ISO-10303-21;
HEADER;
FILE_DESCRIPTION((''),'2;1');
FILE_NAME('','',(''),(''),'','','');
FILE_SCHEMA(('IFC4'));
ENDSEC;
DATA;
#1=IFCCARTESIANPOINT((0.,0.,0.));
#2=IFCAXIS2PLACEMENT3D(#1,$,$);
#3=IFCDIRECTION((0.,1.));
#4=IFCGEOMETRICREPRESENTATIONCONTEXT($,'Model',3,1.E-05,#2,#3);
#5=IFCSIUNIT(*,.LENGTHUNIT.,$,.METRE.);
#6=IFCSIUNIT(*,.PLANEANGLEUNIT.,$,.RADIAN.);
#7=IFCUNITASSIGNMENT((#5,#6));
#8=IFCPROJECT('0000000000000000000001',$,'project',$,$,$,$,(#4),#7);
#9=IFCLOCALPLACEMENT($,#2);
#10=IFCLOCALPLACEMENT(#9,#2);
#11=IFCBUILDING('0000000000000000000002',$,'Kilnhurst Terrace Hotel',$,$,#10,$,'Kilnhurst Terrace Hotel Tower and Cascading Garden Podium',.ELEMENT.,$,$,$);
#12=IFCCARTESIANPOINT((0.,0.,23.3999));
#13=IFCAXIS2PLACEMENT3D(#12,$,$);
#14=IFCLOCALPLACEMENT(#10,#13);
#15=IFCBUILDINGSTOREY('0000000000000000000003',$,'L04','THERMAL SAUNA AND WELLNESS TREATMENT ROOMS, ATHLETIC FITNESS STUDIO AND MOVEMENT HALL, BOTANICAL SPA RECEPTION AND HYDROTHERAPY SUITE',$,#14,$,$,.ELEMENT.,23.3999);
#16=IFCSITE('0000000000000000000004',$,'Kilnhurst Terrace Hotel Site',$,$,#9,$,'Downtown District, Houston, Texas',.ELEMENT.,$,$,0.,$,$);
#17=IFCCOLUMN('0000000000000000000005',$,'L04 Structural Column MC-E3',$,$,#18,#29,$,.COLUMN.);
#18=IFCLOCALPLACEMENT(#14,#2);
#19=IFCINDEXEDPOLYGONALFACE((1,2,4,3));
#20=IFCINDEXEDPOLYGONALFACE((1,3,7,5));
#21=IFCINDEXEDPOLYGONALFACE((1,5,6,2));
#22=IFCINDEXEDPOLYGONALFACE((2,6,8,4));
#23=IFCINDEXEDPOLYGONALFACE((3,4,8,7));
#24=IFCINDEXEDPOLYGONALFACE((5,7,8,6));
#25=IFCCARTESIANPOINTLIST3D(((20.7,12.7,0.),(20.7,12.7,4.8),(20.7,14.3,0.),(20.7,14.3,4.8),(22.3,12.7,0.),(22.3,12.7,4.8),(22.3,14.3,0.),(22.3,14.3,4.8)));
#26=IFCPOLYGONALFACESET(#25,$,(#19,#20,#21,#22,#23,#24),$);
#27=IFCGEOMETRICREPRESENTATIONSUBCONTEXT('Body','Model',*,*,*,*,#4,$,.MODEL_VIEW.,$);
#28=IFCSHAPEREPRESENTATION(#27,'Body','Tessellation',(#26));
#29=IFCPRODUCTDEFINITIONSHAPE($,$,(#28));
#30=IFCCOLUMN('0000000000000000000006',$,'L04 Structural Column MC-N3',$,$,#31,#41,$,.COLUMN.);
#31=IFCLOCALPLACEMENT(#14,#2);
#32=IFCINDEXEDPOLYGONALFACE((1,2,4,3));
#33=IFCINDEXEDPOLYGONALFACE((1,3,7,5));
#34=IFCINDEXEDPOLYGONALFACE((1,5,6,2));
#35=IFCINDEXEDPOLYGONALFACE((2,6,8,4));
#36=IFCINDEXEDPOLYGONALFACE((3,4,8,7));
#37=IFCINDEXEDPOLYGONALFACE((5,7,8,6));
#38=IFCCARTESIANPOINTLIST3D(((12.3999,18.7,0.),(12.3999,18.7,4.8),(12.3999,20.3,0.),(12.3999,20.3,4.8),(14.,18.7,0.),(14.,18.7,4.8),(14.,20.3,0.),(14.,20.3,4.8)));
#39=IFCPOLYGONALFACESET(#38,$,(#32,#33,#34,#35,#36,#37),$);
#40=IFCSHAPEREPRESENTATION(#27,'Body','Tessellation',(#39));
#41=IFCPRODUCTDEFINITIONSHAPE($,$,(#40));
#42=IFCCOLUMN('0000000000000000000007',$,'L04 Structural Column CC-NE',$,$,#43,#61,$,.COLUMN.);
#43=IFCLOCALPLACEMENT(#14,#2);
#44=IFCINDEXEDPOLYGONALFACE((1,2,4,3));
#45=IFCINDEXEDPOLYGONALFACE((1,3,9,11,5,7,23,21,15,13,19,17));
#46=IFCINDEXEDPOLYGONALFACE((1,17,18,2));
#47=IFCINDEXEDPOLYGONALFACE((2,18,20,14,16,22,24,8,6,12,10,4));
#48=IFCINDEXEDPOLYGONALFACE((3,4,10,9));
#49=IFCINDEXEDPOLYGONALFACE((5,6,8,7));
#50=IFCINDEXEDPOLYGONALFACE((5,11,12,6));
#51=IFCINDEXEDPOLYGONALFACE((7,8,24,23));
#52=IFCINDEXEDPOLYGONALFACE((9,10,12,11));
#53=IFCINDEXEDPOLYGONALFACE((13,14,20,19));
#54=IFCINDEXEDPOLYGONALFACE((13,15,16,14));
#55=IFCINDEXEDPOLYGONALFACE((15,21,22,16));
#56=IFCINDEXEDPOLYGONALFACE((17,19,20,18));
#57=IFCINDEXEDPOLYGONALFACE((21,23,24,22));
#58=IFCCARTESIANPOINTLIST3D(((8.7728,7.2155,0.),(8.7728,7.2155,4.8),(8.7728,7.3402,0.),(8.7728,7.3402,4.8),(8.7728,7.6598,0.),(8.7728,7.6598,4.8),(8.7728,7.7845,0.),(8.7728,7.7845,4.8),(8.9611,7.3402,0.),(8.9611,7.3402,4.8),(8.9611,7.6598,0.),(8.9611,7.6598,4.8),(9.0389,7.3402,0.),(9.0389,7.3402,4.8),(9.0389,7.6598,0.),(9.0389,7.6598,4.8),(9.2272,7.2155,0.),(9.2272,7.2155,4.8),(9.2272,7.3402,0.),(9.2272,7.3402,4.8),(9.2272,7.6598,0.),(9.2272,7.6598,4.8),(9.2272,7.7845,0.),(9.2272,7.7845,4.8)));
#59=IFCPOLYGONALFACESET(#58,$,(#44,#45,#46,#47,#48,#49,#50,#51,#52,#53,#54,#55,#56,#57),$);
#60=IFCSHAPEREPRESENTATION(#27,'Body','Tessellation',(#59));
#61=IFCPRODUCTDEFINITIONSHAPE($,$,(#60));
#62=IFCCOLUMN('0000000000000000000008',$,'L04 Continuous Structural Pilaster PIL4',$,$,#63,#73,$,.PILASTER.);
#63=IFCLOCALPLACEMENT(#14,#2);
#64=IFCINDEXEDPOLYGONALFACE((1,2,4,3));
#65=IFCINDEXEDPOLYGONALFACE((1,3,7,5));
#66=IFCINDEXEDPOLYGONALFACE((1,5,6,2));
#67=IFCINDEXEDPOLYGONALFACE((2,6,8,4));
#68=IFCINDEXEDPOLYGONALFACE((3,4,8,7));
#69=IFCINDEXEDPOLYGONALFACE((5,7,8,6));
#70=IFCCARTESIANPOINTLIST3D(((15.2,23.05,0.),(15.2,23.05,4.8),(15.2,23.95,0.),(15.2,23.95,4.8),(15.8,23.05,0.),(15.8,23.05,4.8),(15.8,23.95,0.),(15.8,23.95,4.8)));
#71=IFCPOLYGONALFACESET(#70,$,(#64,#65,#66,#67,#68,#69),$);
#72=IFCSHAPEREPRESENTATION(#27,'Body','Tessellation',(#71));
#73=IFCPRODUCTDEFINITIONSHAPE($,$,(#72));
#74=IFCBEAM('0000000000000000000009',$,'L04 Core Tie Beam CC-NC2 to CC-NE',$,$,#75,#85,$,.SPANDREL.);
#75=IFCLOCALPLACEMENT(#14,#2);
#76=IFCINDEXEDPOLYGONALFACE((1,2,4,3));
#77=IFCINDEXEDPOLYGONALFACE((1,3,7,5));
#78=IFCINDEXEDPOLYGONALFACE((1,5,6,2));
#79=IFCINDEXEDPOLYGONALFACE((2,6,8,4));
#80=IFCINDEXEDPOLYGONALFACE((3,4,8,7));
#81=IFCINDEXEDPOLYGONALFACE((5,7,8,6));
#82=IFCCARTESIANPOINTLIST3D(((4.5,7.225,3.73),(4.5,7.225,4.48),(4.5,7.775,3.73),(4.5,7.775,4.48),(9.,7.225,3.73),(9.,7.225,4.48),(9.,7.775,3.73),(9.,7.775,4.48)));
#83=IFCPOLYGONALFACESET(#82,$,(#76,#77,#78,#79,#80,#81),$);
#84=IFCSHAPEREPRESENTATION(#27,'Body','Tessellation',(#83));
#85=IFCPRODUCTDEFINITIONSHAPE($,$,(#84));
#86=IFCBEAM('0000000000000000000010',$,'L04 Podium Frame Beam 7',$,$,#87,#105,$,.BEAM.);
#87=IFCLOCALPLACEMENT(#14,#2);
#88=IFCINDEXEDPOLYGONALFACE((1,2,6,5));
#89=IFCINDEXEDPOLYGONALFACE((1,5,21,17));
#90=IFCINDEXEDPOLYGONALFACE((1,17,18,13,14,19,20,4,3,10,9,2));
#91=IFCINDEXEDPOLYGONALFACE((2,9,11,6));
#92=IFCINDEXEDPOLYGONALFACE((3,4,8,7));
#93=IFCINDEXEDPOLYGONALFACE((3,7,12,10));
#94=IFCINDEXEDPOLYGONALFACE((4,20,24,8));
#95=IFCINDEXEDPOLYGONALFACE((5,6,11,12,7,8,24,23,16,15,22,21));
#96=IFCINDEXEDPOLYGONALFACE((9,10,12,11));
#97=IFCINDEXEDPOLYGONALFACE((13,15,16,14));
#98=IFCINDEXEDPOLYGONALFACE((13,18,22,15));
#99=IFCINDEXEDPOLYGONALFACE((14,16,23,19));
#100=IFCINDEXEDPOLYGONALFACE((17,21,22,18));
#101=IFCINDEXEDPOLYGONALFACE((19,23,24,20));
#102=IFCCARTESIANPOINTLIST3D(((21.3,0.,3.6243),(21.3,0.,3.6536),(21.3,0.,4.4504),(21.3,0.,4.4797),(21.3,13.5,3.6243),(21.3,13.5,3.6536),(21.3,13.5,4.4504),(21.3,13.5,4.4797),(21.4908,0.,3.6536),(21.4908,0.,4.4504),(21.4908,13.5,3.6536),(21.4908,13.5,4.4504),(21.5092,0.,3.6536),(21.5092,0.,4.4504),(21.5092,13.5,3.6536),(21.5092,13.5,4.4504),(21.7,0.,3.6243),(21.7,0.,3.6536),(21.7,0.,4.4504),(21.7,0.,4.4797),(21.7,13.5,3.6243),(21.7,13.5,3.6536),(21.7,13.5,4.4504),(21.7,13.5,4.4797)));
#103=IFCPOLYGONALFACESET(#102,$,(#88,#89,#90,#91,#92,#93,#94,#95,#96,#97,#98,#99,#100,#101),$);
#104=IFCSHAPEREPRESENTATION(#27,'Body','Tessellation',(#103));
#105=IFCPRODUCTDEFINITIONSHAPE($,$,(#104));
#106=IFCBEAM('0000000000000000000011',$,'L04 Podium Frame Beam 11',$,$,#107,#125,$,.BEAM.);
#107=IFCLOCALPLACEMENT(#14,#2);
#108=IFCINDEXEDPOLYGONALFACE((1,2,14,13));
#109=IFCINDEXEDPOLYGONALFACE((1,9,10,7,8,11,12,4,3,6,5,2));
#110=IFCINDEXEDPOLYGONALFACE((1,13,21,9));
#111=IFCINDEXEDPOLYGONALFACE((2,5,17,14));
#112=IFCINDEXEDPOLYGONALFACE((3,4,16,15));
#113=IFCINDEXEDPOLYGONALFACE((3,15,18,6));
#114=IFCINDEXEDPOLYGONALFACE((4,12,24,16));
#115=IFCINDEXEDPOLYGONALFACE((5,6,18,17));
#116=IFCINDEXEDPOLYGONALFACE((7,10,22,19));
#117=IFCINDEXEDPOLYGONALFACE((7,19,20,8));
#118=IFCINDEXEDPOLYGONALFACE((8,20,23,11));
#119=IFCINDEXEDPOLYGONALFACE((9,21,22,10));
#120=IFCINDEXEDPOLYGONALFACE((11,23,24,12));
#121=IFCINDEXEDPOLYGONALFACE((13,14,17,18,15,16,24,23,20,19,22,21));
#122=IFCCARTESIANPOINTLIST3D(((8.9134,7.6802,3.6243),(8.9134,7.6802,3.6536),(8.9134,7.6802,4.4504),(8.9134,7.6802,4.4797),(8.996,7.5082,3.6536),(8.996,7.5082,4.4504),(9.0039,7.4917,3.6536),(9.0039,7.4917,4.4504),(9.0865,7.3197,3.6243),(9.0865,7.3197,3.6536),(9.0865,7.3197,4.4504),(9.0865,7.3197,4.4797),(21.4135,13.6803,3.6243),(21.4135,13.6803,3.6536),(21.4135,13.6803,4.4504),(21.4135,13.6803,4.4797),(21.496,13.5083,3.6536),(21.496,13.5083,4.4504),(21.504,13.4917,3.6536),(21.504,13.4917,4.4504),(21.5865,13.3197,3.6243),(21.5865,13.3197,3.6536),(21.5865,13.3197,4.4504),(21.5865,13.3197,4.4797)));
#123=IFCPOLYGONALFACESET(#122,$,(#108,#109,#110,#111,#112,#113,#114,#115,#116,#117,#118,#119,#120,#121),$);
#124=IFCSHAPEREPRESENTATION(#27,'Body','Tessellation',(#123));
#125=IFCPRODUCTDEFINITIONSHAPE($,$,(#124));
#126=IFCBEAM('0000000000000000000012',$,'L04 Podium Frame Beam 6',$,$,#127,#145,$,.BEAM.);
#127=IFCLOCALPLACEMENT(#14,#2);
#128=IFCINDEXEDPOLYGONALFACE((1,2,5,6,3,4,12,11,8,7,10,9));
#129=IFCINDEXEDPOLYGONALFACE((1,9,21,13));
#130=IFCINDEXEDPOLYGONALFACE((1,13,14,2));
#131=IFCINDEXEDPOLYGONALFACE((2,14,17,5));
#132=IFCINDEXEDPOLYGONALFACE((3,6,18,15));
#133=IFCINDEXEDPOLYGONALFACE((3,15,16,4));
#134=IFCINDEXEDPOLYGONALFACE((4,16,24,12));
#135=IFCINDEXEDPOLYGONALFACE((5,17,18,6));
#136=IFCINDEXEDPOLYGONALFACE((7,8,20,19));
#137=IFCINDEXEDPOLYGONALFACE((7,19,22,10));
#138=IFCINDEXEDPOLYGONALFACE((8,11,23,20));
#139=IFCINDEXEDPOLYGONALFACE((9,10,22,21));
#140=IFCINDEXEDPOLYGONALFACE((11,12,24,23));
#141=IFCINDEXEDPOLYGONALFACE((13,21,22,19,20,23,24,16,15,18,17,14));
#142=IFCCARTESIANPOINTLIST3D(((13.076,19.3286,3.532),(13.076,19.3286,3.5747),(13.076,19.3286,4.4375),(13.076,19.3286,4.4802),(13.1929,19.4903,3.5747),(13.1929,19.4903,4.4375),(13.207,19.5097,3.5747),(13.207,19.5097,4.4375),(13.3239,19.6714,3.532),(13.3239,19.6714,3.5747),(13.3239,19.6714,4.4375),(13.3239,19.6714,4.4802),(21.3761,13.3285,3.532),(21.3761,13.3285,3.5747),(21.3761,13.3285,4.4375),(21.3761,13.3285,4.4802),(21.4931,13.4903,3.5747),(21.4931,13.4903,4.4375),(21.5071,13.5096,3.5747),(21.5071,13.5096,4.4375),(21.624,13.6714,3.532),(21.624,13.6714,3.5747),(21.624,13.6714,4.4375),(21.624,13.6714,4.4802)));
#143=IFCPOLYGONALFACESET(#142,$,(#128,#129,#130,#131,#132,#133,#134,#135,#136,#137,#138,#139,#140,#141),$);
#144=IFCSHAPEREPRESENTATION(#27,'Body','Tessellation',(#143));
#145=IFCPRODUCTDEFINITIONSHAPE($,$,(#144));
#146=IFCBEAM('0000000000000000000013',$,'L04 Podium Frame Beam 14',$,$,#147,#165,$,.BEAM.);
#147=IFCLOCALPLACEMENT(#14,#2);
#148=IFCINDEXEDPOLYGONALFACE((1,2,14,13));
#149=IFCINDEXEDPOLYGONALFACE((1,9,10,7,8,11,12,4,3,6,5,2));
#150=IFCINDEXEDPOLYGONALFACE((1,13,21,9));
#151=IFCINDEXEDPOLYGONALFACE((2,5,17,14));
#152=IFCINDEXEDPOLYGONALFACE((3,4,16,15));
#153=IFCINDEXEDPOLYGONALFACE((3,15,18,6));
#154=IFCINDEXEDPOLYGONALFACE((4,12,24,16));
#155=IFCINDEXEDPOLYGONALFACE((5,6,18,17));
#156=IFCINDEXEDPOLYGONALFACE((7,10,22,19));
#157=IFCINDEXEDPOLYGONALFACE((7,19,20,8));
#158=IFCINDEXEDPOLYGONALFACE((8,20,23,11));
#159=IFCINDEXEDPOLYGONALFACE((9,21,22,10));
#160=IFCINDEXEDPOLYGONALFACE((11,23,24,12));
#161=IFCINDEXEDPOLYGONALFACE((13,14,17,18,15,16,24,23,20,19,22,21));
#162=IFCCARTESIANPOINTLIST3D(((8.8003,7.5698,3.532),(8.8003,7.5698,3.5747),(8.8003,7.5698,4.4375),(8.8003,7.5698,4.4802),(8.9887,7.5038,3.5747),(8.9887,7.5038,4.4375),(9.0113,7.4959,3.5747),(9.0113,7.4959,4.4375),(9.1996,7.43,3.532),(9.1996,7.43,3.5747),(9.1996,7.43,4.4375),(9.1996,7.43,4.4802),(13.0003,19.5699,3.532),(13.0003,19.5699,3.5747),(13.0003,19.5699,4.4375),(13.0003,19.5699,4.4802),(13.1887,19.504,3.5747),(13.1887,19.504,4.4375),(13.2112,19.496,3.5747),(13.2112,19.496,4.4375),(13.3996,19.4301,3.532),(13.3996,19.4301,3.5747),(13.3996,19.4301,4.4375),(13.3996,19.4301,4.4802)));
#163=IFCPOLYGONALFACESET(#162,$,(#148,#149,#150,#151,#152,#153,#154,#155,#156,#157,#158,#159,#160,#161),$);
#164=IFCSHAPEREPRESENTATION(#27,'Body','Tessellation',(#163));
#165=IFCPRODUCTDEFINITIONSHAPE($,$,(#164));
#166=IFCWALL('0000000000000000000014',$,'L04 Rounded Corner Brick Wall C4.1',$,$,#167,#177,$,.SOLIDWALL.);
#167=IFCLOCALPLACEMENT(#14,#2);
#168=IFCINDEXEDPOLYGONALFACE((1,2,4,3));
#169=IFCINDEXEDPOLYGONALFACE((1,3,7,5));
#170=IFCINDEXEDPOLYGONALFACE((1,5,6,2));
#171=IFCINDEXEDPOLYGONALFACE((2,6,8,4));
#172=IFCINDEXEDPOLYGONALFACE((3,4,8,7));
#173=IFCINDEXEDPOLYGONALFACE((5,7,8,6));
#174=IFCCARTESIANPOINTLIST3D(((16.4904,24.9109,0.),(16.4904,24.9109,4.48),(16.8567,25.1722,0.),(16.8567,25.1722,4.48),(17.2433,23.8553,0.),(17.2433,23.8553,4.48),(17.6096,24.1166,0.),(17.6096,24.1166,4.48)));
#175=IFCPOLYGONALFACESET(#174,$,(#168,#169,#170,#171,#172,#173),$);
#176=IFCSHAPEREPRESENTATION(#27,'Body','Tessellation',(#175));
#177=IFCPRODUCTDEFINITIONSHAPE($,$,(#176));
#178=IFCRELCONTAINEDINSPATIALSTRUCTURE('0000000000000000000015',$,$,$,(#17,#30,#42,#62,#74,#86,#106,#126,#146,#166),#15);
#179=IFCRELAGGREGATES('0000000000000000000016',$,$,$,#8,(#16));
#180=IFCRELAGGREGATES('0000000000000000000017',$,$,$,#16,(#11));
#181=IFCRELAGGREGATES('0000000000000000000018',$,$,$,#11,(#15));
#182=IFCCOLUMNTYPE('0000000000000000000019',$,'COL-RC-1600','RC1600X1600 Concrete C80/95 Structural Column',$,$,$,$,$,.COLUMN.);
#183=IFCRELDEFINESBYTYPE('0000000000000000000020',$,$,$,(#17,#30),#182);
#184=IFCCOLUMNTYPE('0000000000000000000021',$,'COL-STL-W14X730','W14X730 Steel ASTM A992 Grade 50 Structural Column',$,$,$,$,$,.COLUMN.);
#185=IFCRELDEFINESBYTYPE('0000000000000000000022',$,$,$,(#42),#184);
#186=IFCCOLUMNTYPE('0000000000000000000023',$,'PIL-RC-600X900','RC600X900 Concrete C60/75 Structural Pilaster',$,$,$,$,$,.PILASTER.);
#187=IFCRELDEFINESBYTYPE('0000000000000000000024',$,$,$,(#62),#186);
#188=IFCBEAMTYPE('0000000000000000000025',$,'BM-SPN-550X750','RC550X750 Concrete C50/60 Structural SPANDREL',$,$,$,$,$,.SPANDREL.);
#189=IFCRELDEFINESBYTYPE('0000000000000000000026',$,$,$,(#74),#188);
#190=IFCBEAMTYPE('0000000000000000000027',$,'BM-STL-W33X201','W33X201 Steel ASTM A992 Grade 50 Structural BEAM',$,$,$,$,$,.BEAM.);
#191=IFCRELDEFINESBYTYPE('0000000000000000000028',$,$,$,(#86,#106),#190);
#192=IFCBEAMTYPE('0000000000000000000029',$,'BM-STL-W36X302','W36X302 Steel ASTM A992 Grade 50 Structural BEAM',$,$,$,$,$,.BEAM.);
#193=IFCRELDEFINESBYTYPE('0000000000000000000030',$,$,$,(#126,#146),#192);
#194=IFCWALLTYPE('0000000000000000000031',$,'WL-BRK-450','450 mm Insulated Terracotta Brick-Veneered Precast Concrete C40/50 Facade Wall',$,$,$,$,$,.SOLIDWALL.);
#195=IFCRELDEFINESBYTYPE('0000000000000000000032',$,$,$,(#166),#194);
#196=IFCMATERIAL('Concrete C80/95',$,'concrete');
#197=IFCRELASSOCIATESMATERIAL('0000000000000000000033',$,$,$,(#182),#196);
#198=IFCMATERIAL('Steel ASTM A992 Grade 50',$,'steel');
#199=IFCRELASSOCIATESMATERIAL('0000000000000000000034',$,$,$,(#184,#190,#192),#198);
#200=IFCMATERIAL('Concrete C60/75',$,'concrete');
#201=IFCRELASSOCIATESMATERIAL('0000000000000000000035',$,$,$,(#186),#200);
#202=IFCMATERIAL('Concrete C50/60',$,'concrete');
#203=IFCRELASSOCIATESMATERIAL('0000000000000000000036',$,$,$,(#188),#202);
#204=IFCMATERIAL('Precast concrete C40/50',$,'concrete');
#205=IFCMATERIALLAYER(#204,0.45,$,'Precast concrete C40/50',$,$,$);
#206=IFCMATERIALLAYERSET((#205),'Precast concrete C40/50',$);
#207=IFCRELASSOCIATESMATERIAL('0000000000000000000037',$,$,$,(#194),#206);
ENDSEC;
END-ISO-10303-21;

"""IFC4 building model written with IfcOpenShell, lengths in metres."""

from ifc_helpers import new_model, si_unit, direction, frame, frame_2d, origin, origin_2d, place, context, subcontext, project, spatial, rectangle, i_section, extrude, material, layer, layer_set, material_profile, profile_set, type_object, element, save


model = new_model("IFC4")

# Units and contexts
model_context = context("Model", 3, precision=1e-05, world=origin(), true_north=direction((0.0, 1.0)))
body_context = subcontext(model_context, "Body", "Model", "MODEL_VIEW")
ifc_project = project(units=[si_unit("LENGTHUNIT", "METRE"), si_unit("PLANEANGLEUNIT", "RADIAN")], contexts=[model_context])

# Site, building, storey
site_placement = place(None, origin())
site = spatial("IfcSite", under=ifc_project, at=site_placement, Name="Kilnhurst Terrace Hotel Site", LongName="Downtown District, Houston, Texas", CompositionType="ELEMENT", RefElevation=0.0)
building_placement = place(site_placement, origin())
building = spatial("IfcBuilding", under=site, at=building_placement, Name="Kilnhurst Terrace Hotel", LongName="Kilnhurst Terrace Hotel Tower and Cascading Garden Podium", CompositionType="ELEMENT")
storey_placement = place(building_placement, frame((0.0, 0.0, 23.3999)))
storey = spatial("IfcBuildingStorey", under=building, at=storey_placement, Name="L04", Description="THERMAL SAUNA AND WELLNESS TREATMENT ROOMS, ATHLETIC FITNESS STUDIO AND MOVEMENT HALL, BOTANICAL SPA RECEPTION AND HYDROTHERAPY SUITE", CompositionType="ELEMENT", Elevation=23.3999)

# Columns
ifc_material_1 = material(Name="Concrete C80/95", Category="concrete")
ifc_material_profile_1 = material_profile(ifc_material_1, rectangle(XDim=1.6001, YDim=1.6001, at=origin_2d()), Name="RC1600X1600")
ifc_profile_set_1 = profile_set([ifc_material_profile_1], Name="Concrete C80/95")
column_type_1 = type_object("IfcColumnType", Name="COL-RC-1600", Description="RC1600X1600 Concrete C80/95 Structural Column", PredefinedType="COLUMN", material=ifc_profile_set_1)
for number, where, z_axis, x_axis, name in (
    (1, (21.5, 13.5, 0.0), (0.0, 0.0, 1.0), (1.0, 0.0, 0.0), "L04 Structural Column MC-E3"),
    (2, (13.2, 19.5, 0.0), (0.0, 0.0, 1.0), (1.0, 0.0, 0.0), "L04 Structural Column MC-N3"),
):
    element("IfcColumn", number, at=place(storey_placement, frame(where, z_axis=z_axis, x_axis=x_axis)), inside=storey, type_object=column_type_1, Name=name, PredefinedType="COLUMN", context=body_context, shape_type="SweptSolid", body=[
        extrude(rectangle(XDim=1.6001, YDim=1.6001, at=origin_2d()), origin(), (0.0, 0.0, 1.0), 4.8),
    ])
ifc_material_2 = material(Name="Steel ASTM A992 Grade 50", Category="steel")
ifc_material_profile_2 = material_profile(ifc_material_2, i_section(OverallWidth=0.4543, OverallDepth=0.5691, WebThickness=0.0779, FlangeThickness=0.1248, at=origin_2d()), Name="W14X730")
ifc_profile_set_2 = profile_set([ifc_material_profile_2], Name="Steel ASTM A992 Grade 50")
column_type_2 = type_object("IfcColumnType", Name="COL-STL-W14X730", Description="W14X730 Steel ASTM A992 Grade 50 Structural Column", PredefinedType="COLUMN", material=ifc_profile_set_2)
column_1_placement = place(storey_placement, frame((9.0, 7.5, 0.0), z_axis=(0.0, 0.0, 1.0), x_axis=(1.0, 0.0, 0.0)))
element("IfcColumn", 3, at=column_1_placement, inside=storey, type_object=column_type_2, Name="L04 Structural Column CC-NE", PredefinedType="COLUMN", context=body_context, shape_type="SweptSolid", body=[
    extrude(i_section(OverallWidth=0.4543, OverallDepth=0.5691, WebThickness=0.0779, FlangeThickness=0.1248, at=origin_2d()), origin(), (0.0, 0.0, 1.0), 4.8),
])
ifc_material_3 = material(Name="Concrete C60/75", Category="concrete")
ifc_material_profile_3 = material_profile(ifc_material_3, rectangle(XDim=0.6001, YDim=0.8999, at=origin_2d()), Name="RC600X900")
ifc_profile_set_3 = profile_set([ifc_material_profile_3], Name="Concrete C60/75")
column_type_3 = type_object("IfcColumnType", Name="PIL-RC-600X900", Description="RC600X900 Concrete C60/75 Structural Pilaster", PredefinedType="PILASTER", material=ifc_profile_set_3)
column_2_placement = place(storey_placement, frame((15.5, 23.5, 0.0), z_axis=(0.0, 0.0, 1.0), x_axis=(1.0, 0.0, 0.0)))
element("IfcColumn", 4, at=column_2_placement, inside=storey, type_object=column_type_3, Name="L04 Continuous Structural Pilaster PIL4", PredefinedType="PILASTER", context=body_context, shape_type="SweptSolid", body=[
    extrude(rectangle(XDim=0.6001, YDim=0.8999, at=origin_2d()), origin(), (0.0, 0.0, 1.0), 4.8),
])

# Beams
ifc_material_4 = material(Name="Concrete C50/60", Category="concrete")
ifc_material_profile_4 = material_profile(ifc_material_4, rectangle(XDim=0.55, YDim=0.75, at=origin_2d()), Name="RC550X750")
ifc_profile_set_4 = profile_set([ifc_material_profile_4], Name="Concrete C50/60")
beam_type_1 = type_object("IfcBeamType", Name="BM-SPN-550X750", Description="RC550X750 Concrete C50/60 Structural SPANDREL", PredefinedType="SPANDREL", material=ifc_profile_set_4)
beam_1_placement = place(storey_placement, frame((4.5, 7.5, 4.105), z_axis=(1.0, 0.0, 0.0), x_axis=(0.0, 1.0, 0.0)))
element("IfcBeam", 5, at=beam_1_placement, inside=storey, type_object=beam_type_1, Name="L04 Core Tie Beam CC-NC2 to CC-NE", PredefinedType="SPANDREL", context=body_context, shape_type="SweptSolid", body=[
    extrude(rectangle(XDim=0.55, YDim=0.75, at=origin_2d()), origin(), (0.0, 0.0, 1.0), 4.5),
])
ifc_material_profile_5 = material_profile(ifc_material_2, i_section(OverallWidth=0.3999, OverallDepth=0.8555, WebThickness=0.0183, FlangeThickness=0.0293, at=origin_2d()), Name="W33X201")
ifc_profile_set_5 = profile_set([ifc_material_profile_5], Name="Steel ASTM A992 Grade 50")
beam_type_2 = type_object("IfcBeamType", Name="BM-STL-W33X201", Description="W33X201 Steel ASTM A992 Grade 50 Structural BEAM", PredefinedType="BEAM", material=ifc_profile_set_5)
beam_2_placement = place(storey_placement, frame((21.5, 13.5, 4.052), z_axis=(0.0, -1.0, 0.0), x_axis=(1.0, 0.0, 0.0)))
element("IfcBeam", 6, at=beam_2_placement, inside=storey, type_object=beam_type_2, Name="L04 Podium Frame Beam 7", PredefinedType="BEAM", context=body_context, shape_type="SweptSolid", body=[
    extrude(i_section(OverallWidth=0.3999, OverallDepth=0.8555, WebThickness=0.0183, FlangeThickness=0.0293, at=origin_2d()), origin(), (0.0, 0.0, 1.0), 13.5),
])
beam_3_placement = place(storey_placement, frame((21.5, 13.5, 4.052), z_axis=(-0.901523, -0.432731, 0.0), x_axis=(0.432731, -0.901523, 0.0)))
element("IfcBeam", 7, at=beam_3_placement, inside=storey, type_object=beam_type_2, Name="L04 Podium Frame Beam 11", PredefinedType="BEAM", context=body_context, shape_type="SweptSolid", body=[
    extrude(i_section(OverallWidth=0.3999, OverallDepth=0.8555, WebThickness=0.0183, FlangeThickness=0.0293, at=origin_2d()), origin(), (0.0, 0.0, 1.0), 13.8655),
])
ifc_material_profile_6 = material_profile(ifc_material_2, i_section(OverallWidth=0.4231, OverallDepth=0.9482, WebThickness=0.0239, FlangeThickness=0.0427, at=origin_2d()), Name="W36X302")
ifc_profile_set_6 = profile_set([ifc_material_profile_6], Name="Steel ASTM A992 Grade 50")
beam_type_3 = type_object("IfcBeamType", Name="BM-STL-W36X302", Description="W36X302 Steel ASTM A992 Grade 50 Structural BEAM", PredefinedType="BEAM", material=ifc_profile_set_6)
beam_4_placement = place(storey_placement, frame((13.2, 19.5, 4.0061), z_axis=(0.810423, -0.585845, 0.0), x_axis=(0.585845, 0.810423, 0.0)))
element("IfcBeam", 8, at=beam_4_placement, inside=storey, type_object=beam_type_3, Name="L04 Podium Frame Beam 6", PredefinedType="BEAM", context=body_context, shape_type="SweptSolid", body=[
    extrude(i_section(OverallWidth=0.4231, OverallDepth=0.9482, WebThickness=0.0239, FlangeThickness=0.0427, at=origin_2d()), origin(), (0.0, 0.0, 1.0), 10.2417),
])
beam_5_placement = place(storey_placement, frame((13.2, 19.5, 4.0061), z_axis=(-0.330347, -0.94386, 0.0), x_axis=(0.94386, -0.330347, 0.0)))
element("IfcBeam", 9, at=beam_5_placement, inside=storey, type_object=beam_type_3, Name="L04 Podium Frame Beam 14", PredefinedType="BEAM", context=body_context, shape_type="SweptSolid", body=[
    extrude(i_section(OverallWidth=0.4231, OverallDepth=0.9482, WebThickness=0.0239, FlangeThickness=0.0427, at=origin_2d()), origin(), (0.0, 0.0, 1.0), 12.7139),
])

# Wall
ifc_material_5 = material(Name="Precast concrete C40/50", Category="concrete")
ifc_layer_1 = layer(ifc_material_5, 0.45, Name="Precast concrete C40/50")
ifc_layer_set_1 = layer_set([ifc_layer_1], Name="Precast concrete C40/50")
wall_type_1 = type_object("IfcWallType", Name="WL-BRK-450", Description="450 mm Insulated Terracotta Brick-Veneered Precast Concrete C40/50 Facade Wall", PredefinedType="SOLIDWALL", material=ifc_layer_set_1)
wall_1_placement = place(storey_placement, frame((17.4265, 23.9858, 0.0), z_axis=(0.0, 0.0, 1.0), x_axis=(-0.580668, 0.81414, 0.0)))
element("IfcWall", 10, at=wall_1_placement, inside=storey, type_object=wall_type_1, Name="L04 Rounded Corner Brick Wall C4.1", PredefinedType="SOLIDWALL", context=body_context, shape_type="SweptSolid", body=[
    extrude(rectangle(XDim=1.2966, YDim=0.45, at=frame_2d((0.6484, 0.0))), origin(), (0.0, 0.0, 1.0), 4.48),
])

save(model, "model.ifc")
